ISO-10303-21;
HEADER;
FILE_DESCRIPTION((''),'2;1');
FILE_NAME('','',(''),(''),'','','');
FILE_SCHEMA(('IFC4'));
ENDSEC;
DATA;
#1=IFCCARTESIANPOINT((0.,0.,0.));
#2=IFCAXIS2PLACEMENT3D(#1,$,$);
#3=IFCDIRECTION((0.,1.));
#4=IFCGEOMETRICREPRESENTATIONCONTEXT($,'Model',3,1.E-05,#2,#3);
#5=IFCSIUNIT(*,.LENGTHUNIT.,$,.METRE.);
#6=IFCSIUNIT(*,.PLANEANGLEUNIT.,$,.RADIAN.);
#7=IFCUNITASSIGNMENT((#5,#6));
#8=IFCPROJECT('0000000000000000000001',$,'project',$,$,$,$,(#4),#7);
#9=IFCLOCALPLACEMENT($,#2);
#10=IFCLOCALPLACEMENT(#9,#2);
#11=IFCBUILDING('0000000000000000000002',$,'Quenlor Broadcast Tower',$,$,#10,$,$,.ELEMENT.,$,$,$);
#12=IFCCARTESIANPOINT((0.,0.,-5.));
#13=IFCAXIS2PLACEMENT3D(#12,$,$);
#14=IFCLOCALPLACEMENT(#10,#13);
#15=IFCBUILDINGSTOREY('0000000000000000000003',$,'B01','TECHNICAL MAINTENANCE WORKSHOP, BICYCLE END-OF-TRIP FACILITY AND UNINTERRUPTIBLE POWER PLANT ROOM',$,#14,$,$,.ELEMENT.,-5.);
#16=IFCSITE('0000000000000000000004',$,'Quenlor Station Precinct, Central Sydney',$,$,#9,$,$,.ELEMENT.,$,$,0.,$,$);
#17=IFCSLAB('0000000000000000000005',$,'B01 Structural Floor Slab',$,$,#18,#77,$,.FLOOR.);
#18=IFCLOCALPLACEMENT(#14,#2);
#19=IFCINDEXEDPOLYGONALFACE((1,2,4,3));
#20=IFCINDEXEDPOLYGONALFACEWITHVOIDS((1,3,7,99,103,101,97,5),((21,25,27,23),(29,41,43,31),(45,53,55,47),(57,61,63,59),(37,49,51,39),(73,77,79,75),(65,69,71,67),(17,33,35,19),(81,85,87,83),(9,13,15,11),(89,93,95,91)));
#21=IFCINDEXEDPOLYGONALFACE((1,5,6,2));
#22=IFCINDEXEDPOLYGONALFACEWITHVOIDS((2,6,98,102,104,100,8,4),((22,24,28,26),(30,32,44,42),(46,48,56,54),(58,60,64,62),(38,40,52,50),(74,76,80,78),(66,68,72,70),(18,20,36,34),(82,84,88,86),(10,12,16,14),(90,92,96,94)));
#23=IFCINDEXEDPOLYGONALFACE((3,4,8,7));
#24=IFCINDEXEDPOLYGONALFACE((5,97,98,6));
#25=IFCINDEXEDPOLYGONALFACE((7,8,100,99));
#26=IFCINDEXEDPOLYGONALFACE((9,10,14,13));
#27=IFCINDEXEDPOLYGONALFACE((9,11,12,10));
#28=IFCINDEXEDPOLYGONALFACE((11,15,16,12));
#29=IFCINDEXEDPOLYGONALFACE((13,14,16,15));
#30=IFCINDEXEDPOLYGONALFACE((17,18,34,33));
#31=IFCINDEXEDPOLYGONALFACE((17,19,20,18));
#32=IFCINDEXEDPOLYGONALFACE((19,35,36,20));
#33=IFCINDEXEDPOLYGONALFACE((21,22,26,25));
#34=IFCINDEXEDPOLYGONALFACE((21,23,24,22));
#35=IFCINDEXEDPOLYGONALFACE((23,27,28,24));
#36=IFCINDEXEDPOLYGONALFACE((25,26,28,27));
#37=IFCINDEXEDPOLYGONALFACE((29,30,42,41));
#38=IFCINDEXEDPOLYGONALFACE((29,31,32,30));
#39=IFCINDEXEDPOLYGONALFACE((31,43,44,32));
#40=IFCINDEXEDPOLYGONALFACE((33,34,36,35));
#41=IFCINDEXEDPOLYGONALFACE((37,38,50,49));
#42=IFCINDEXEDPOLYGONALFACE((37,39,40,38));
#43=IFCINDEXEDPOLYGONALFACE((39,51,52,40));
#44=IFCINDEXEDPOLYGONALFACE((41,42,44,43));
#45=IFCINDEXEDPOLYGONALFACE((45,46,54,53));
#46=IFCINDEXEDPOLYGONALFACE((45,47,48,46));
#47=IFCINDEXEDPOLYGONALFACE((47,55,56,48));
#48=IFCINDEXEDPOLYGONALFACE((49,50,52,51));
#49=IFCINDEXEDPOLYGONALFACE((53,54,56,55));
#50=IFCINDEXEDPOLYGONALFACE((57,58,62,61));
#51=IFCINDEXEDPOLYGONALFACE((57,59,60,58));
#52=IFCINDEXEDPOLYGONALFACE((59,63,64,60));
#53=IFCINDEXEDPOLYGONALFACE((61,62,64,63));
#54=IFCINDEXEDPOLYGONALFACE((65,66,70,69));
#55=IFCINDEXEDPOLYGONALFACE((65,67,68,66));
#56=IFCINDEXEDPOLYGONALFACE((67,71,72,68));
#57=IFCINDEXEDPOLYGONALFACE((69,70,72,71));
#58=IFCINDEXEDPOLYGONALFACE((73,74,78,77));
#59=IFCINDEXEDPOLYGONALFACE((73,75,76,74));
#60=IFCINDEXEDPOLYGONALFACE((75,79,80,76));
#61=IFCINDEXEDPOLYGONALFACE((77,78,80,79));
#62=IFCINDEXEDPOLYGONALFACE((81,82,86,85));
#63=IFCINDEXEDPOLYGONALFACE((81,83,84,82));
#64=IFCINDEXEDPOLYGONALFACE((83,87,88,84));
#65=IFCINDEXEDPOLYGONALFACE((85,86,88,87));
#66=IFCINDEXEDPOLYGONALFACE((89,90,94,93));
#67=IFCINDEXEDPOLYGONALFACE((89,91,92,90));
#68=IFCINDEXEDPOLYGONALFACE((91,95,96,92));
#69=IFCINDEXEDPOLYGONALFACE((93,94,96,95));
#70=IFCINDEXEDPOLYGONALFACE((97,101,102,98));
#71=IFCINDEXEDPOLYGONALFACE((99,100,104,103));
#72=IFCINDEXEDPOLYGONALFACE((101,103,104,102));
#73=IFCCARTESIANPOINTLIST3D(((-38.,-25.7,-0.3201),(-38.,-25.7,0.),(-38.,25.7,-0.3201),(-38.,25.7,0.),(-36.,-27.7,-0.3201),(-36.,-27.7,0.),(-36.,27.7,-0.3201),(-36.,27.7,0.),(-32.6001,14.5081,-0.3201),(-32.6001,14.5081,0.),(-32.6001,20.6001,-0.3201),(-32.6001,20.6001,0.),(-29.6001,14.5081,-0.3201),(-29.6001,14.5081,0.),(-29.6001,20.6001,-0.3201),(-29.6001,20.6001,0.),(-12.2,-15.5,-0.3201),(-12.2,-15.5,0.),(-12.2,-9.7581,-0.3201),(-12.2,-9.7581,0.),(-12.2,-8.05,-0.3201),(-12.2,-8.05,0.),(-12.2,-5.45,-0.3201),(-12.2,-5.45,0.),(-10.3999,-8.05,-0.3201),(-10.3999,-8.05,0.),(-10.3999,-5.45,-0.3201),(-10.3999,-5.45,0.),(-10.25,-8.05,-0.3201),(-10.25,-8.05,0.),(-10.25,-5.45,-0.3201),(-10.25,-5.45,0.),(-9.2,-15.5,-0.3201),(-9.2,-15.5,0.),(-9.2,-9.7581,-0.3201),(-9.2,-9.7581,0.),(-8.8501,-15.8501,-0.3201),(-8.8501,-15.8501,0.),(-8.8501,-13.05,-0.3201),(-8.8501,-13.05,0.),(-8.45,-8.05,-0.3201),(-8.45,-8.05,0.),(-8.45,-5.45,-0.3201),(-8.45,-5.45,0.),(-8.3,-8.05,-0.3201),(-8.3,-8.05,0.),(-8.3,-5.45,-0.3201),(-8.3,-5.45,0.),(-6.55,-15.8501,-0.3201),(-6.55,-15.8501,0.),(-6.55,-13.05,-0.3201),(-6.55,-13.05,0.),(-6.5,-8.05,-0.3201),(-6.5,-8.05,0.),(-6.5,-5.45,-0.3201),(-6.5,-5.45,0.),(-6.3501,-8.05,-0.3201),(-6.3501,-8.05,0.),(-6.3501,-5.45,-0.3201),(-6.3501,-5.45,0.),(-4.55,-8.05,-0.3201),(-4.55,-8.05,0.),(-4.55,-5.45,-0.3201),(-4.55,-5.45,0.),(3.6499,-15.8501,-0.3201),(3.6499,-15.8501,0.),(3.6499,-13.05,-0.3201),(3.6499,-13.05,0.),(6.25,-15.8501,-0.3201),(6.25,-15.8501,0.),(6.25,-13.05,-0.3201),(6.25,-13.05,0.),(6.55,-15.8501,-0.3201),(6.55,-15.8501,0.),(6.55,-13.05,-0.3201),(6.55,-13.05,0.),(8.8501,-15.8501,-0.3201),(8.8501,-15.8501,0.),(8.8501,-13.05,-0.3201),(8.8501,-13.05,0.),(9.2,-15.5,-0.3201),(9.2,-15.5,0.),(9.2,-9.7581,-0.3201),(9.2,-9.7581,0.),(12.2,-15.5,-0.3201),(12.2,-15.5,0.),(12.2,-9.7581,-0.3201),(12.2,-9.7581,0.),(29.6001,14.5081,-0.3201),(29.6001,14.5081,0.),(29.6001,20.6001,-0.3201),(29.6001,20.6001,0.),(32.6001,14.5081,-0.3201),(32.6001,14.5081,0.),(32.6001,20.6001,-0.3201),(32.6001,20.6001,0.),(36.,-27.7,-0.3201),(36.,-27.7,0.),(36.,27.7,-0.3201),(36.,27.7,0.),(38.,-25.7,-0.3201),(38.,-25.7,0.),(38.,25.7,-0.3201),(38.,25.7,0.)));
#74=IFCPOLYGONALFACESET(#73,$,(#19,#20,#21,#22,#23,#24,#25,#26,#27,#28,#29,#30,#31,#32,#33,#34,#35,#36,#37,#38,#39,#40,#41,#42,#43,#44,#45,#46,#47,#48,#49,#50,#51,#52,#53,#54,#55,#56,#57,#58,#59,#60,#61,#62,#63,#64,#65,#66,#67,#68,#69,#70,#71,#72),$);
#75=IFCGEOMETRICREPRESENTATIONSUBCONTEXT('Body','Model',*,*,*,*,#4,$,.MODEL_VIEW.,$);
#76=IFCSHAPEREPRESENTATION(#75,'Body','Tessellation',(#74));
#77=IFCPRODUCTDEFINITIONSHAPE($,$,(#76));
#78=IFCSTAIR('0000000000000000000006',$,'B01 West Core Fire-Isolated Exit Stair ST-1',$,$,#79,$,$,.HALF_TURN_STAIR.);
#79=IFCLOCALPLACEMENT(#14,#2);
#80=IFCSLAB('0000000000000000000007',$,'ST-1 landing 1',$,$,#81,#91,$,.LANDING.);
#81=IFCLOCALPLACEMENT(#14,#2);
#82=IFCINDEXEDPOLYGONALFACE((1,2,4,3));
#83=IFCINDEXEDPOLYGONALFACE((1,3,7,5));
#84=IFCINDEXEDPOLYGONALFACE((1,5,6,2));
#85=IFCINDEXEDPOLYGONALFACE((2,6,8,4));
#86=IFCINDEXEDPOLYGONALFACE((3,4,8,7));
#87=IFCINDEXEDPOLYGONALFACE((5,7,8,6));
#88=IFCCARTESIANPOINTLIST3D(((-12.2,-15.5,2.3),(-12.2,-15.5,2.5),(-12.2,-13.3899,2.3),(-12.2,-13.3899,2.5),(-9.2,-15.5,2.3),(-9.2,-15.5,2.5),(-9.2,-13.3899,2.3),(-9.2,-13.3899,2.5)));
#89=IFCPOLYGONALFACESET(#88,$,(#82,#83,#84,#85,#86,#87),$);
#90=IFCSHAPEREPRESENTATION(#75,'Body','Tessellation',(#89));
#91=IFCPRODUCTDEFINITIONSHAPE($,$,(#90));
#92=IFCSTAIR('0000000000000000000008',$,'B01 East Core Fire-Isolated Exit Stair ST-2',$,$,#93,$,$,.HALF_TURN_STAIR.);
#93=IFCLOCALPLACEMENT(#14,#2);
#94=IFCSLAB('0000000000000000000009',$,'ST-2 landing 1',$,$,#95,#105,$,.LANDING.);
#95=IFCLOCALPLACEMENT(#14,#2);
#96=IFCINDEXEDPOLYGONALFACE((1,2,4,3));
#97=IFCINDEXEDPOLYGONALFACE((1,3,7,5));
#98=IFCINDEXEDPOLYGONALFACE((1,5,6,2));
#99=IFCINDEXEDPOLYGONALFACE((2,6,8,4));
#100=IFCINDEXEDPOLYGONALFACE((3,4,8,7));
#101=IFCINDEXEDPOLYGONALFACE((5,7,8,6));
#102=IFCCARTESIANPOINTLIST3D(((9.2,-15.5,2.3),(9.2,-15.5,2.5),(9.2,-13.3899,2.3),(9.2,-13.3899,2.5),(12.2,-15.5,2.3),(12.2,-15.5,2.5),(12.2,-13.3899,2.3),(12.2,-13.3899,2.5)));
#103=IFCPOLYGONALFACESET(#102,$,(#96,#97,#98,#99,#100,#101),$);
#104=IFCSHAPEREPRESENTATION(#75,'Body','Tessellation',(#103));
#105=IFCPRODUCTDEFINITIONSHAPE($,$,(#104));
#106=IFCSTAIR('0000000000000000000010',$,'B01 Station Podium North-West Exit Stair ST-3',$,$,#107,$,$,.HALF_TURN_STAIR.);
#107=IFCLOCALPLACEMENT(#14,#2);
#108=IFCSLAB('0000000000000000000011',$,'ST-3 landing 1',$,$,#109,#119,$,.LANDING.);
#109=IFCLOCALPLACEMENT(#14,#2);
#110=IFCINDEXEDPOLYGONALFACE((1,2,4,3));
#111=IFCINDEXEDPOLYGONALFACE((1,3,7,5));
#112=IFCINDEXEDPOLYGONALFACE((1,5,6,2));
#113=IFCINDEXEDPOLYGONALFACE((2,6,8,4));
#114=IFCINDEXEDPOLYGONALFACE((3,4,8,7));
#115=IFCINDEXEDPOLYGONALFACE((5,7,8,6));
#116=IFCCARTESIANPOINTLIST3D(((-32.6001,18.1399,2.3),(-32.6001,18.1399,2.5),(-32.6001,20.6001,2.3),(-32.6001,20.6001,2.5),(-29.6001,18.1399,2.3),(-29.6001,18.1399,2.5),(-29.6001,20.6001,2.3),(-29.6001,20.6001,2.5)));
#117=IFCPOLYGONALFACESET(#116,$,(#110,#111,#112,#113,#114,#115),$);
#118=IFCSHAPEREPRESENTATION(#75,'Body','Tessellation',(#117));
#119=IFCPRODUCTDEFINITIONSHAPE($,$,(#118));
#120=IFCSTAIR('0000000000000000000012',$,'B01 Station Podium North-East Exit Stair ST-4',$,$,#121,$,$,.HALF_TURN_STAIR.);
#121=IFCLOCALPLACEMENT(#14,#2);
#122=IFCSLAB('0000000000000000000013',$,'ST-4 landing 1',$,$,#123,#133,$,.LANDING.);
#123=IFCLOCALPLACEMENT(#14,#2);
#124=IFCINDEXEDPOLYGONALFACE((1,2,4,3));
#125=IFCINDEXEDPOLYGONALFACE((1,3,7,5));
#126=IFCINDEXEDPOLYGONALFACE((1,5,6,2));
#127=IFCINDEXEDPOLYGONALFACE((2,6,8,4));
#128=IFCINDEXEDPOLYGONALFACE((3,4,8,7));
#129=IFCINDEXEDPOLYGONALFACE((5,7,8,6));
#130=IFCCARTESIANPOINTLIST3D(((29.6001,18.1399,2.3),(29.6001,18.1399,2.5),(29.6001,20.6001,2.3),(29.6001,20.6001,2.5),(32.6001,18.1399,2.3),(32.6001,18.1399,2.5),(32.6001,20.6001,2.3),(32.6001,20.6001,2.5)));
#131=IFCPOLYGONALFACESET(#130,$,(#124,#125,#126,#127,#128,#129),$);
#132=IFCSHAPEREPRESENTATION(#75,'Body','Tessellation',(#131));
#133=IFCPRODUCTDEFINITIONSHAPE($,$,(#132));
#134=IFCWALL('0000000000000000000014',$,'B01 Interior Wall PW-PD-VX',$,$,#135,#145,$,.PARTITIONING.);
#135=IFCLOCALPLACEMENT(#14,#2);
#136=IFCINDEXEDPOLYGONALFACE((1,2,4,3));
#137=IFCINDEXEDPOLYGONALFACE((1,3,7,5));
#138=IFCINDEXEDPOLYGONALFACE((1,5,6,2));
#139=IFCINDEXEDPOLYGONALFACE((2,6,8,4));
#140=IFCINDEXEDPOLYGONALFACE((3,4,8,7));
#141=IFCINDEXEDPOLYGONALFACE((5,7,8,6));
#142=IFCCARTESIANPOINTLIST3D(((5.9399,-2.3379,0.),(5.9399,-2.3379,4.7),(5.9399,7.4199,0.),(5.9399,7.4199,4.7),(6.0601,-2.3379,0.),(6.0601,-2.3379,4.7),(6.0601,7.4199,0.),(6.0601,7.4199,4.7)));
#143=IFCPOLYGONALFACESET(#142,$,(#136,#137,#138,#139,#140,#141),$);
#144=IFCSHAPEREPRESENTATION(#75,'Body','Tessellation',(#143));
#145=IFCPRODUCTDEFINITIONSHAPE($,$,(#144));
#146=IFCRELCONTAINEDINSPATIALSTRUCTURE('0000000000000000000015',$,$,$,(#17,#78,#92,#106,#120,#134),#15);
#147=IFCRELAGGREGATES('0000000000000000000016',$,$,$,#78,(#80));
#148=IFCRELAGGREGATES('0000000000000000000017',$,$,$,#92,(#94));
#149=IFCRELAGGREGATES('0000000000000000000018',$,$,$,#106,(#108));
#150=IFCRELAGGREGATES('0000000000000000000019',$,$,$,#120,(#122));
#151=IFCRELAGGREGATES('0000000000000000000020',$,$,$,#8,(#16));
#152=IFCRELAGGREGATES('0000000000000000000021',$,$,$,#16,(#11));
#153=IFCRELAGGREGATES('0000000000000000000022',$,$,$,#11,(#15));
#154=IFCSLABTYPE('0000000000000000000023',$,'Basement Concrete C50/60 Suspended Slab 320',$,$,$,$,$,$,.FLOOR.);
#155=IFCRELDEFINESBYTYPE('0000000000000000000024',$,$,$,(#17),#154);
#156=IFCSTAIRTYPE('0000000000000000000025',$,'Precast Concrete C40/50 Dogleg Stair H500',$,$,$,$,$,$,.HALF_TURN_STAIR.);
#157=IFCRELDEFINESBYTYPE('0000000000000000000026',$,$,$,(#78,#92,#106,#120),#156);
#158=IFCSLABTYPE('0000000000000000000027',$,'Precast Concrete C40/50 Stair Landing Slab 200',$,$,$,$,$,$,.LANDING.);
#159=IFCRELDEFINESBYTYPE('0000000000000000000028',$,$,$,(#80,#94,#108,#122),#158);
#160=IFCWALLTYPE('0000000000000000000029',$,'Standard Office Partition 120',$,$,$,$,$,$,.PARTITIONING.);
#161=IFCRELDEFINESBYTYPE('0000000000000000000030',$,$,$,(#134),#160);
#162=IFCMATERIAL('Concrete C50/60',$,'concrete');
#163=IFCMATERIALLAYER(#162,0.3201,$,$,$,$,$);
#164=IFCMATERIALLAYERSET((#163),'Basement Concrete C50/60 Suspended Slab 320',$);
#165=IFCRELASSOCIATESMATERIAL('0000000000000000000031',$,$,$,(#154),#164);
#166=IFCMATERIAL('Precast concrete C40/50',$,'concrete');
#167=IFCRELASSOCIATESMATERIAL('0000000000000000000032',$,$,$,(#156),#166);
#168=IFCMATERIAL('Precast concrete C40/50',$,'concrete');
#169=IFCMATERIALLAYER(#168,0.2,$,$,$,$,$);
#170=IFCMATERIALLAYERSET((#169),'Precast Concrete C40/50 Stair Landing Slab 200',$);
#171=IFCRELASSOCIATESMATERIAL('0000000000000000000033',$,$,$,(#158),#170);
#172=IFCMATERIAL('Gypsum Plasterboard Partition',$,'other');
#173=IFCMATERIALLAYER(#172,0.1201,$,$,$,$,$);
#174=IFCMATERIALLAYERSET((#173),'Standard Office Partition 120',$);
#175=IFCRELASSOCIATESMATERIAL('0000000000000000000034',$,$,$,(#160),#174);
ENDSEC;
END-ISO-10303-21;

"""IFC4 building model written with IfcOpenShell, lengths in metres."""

from ifc_helpers import new_model, si_unit, direction, frame, frame_2d, origin, place, context, subcontext, project, spatial, polyline, rectangle, outline, extrude, material, layer, layer_set, type_object, element, aggregate, save


model = new_model("IFC4")

# Units and contexts
model_context = context("Model", 3, precision=1e-05, world=origin(), true_north=direction((0.0, 1.0)))
body_context = subcontext(model_context, "Body", "Model", "MODEL_VIEW")
ifc_project = project(units=[si_unit("LENGTHUNIT", "METRE"), si_unit("PLANEANGLEUNIT", "RADIAN")], contexts=[model_context])

# Site, building, storey
site_placement = place(None, origin())
site = spatial("IfcSite", under=ifc_project, at=site_placement, Name="Quenlor Station Precinct, Central Sydney", CompositionType="ELEMENT", RefElevation=0.0)
building_placement = place(site_placement, origin())
building = spatial("IfcBuilding", under=site, at=building_placement, Name="Quenlor Broadcast Tower", CompositionType="ELEMENT")
storey_placement = place(building_placement, frame((0.0, 0.0, -5.0)))
storey = spatial("IfcBuildingStorey", under=building, at=storey_placement, Name="B01", Description="TECHNICAL MAINTENANCE WORKSHOP, BICYCLE END-OF-TRIP FACILITY AND UNINTERRUPTIBLE POWER PLANT ROOM", CompositionType="ELEMENT", Elevation=-5.0)

# Slab
ifc_material_1 = material(Name="Concrete C50/60", Category="concrete")
ifc_layer_1 = layer(ifc_material_1, 0.3201)
ifc_layer_set_1 = layer_set([ifc_layer_1], Name="Basement Concrete C50/60 Suspended Slab 320")
slab_type_1 = type_object("IfcSlabType", Name="Basement Concrete C50/60 Suspended Slab 320", PredefinedType="FLOOR", material=ifc_layer_set_1)
slab_1_placement = place(storey_placement, frame((0.0, 0.0, -0.3201)))
element("IfcSlab", 1, at=slab_1_placement, inside=storey, type_object=slab_type_1, Name="B01 Structural Floor Slab", PredefinedType="FLOOR", context=body_context, shape_type="SweptSolid", body=[
    extrude(outline(polyline([(-36.0, -27.7), (36.0, -27.7), (38.0, -25.7), (38.0, 25.7), (36.0, 27.7), (-36.0, 27.7), (-38.0, 25.7), (-38.0, -25.7), (-36.0, -27.7)]), holes=[polyline([(-12.2, -9.7581), (-12.2, -15.5), (-9.2, -15.5), (-9.2, -9.7581), (-12.2, -9.7581)]), polyline([(9.2, -9.7581), (9.2, -15.5), (12.2, -15.5), (12.2, -9.7581), (9.2, -9.7581)]), polyline([(-29.6001, 14.5081), (-29.6001, 20.6001), (-32.6001, 20.6001), (-32.6001, 14.5081), (-29.6001, 14.5081)]), polyline([(32.6001, 14.5081), (32.6001, 20.6001), (29.6001, 20.6001), (29.6001, 14.5081), (32.6001, 14.5081)]), polyline([(-12.2, -8.05), (-10.3999, -8.05), (-10.3999, -5.45), (-12.2, -5.45), (-12.2, -8.05)]), polyline([(-10.25, -8.05), (-8.45, -8.05), (-8.45, -5.45), (-10.25, -5.45), (-10.25, -8.05)]), polyline([(-8.3, -8.05), (-6.5, -8.05), (-6.5, -5.45), (-8.3, -5.45), (-8.3, -8.05)]), polyline([(-6.3501, -8.05), (-4.55, -8.05), (-4.55, -5.45), (-6.3501, -5.45), (-6.3501, -8.05)]), polyline([(-8.8501, -15.8501), (-6.55, -15.8501), (-6.55, -13.05), (-8.8501, -13.05), (-8.8501, -15.8501)]), polyline([(6.55, -15.8501), (8.8501, -15.8501), (8.8501, -13.05), (6.55, -13.05), (6.55, -15.8501)]), polyline([(3.6499, -15.8501), (6.25, -15.8501), (6.25, -13.05), (3.6499, -13.05), (3.6499, -15.8501)])]), origin(), (0.0, 0.0, 1.0), 0.3201),
])

# Stairs, slabs
ifc_material_2 = material(Name="Precast concrete C40/50", Category="concrete")
stair_type = type_object("IfcStairType", Name="Precast Concrete C40/50 Dogleg Stair H500", PredefinedType="HALF_TURN_STAIR", material=ifc_material_2)
stair_1_placement = place(storey_placement, origin())
stair_1 = element("IfcStair", 2, at=stair_1_placement, inside=storey, type_object=stair_type, Name="B01 West Core Fire-Isolated Exit Stair ST-1", PredefinedType="HALF_TURN_STAIR")
ifc_material_3 = material(Name="Precast concrete C40/50", Category="concrete")
ifc_layer_2 = layer(ifc_material_3, 0.2)
ifc_layer_set_2 = layer_set([ifc_layer_2], Name="Precast Concrete C40/50 Stair Landing Slab 200")
slab_type_2 = type_object("IfcSlabType", Name="Precast Concrete C40/50 Stair Landing Slab 200", PredefinedType="LANDING", material=ifc_layer_set_2)
slab_2_placement = place(storey_placement, frame((0.0, 0.0, 2.3)))
slab_2 = element("IfcSlab", 3, at=slab_2_placement, type_object=slab_type_2, Name="ST-1 landing 1", PredefinedType="LANDING", context=body_context, shape_type="SweptSolid", body=[
    extrude(outline(polyline([(-12.2, -13.3899), (-12.2, -15.5), (-9.2, -15.5), (-9.2, -13.3899), (-12.2, -13.3899)])), origin(), (0.0, 0.0, 1.0), 0.2),
])
aggregate(stair_1, [slab_2])
stair_2_placement = place(storey_placement, origin())
stair_2 = element("IfcStair", 4, at=stair_2_placement, inside=storey, type_object=stair_type, Name="B01 East Core Fire-Isolated Exit Stair ST-2", PredefinedType="HALF_TURN_STAIR")
slab_3_placement = place(storey_placement, frame((0.0, 0.0, 2.3)))
slab_3 = element("IfcSlab", 5, at=slab_3_placement, type_object=slab_type_2, Name="ST-2 landing 1", PredefinedType="LANDING", context=body_context, shape_type="SweptSolid", body=[
    extrude(outline(polyline([(9.2, -13.3899), (9.2, -15.5), (12.2, -15.5), (12.2, -13.3899), (9.2, -13.3899)])), origin(), (0.0, 0.0, 1.0), 0.2),
])
aggregate(stair_2, [slab_3])
stair_3_placement = place(storey_placement, origin())
stair_3 = element("IfcStair", 6, at=stair_3_placement, inside=storey, type_object=stair_type, Name="B01 Station Podium North-West Exit Stair ST-3", PredefinedType="HALF_TURN_STAIR")
slab_4_placement = place(storey_placement, frame((0.0, 0.0, 2.3)))
slab_4 = element("IfcSlab", 7, at=slab_4_placement, type_object=slab_type_2, Name="ST-3 landing 1", PredefinedType="LANDING", context=body_context, shape_type="SweptSolid", body=[
    extrude(outline(polyline([(-29.6001, 18.1399), (-29.6001, 20.6001), (-32.6001, 20.6001), (-32.6001, 18.1399), (-29.6001, 18.1399)])), origin(), (0.0, 0.0, 1.0), 0.2),
])
aggregate(stair_3, [slab_4])
stair_4_placement = place(storey_placement, origin())
stair_4 = element("IfcStair", 8, at=stair_4_placement, inside=storey, type_object=stair_type, Name="B01 Station Podium North-East Exit Stair ST-4", PredefinedType="HALF_TURN_STAIR")
slab_5_placement = place(storey_placement, frame((0.0, 0.0, 2.3)))
slab_5 = element("IfcSlab", 9, at=slab_5_placement, type_object=slab_type_2, Name="ST-4 landing 1", PredefinedType="LANDING", context=body_context, shape_type="SweptSolid", body=[
    extrude(outline(polyline([(32.6001, 18.1399), (32.6001, 20.6001), (29.6001, 20.6001), (29.6001, 18.1399), (32.6001, 18.1399)])), origin(), (0.0, 0.0, 1.0), 0.2),
])
aggregate(stair_4, [slab_5])

# Wall
ifc_material_4 = material(Name="Gypsum Plasterboard Partition", Category="other")
ifc_layer_3 = layer(ifc_material_4, 0.1201)
ifc_layer_set_3 = layer_set([ifc_layer_3], Name="Standard Office Partition 120")
wall_type = type_object("IfcWallType", Name="Standard Office Partition 120", PredefinedType="PARTITIONING", material=ifc_layer_set_3)
wall_placement = place(storey_placement, frame((6.0, -2.3379, 0.0), z_axis=(0.0, 0.0, 1.0), x_axis=(0.0, 1.0, 0.0)))
element("IfcWall", 10, at=wall_placement, inside=storey, type_object=wall_type, Name="B01 Interior Wall PW-PD-VX", PredefinedType="PARTITIONING", context=body_context, shape_type="SweptSolid", body=[
    extrude(rectangle(XDim=9.7578, YDim=0.1201, at=frame_2d((4.8789, 0.0))), origin(), (0.0, 0.0, 1.0), 4.7),
])

save(model, "model.ifc")
